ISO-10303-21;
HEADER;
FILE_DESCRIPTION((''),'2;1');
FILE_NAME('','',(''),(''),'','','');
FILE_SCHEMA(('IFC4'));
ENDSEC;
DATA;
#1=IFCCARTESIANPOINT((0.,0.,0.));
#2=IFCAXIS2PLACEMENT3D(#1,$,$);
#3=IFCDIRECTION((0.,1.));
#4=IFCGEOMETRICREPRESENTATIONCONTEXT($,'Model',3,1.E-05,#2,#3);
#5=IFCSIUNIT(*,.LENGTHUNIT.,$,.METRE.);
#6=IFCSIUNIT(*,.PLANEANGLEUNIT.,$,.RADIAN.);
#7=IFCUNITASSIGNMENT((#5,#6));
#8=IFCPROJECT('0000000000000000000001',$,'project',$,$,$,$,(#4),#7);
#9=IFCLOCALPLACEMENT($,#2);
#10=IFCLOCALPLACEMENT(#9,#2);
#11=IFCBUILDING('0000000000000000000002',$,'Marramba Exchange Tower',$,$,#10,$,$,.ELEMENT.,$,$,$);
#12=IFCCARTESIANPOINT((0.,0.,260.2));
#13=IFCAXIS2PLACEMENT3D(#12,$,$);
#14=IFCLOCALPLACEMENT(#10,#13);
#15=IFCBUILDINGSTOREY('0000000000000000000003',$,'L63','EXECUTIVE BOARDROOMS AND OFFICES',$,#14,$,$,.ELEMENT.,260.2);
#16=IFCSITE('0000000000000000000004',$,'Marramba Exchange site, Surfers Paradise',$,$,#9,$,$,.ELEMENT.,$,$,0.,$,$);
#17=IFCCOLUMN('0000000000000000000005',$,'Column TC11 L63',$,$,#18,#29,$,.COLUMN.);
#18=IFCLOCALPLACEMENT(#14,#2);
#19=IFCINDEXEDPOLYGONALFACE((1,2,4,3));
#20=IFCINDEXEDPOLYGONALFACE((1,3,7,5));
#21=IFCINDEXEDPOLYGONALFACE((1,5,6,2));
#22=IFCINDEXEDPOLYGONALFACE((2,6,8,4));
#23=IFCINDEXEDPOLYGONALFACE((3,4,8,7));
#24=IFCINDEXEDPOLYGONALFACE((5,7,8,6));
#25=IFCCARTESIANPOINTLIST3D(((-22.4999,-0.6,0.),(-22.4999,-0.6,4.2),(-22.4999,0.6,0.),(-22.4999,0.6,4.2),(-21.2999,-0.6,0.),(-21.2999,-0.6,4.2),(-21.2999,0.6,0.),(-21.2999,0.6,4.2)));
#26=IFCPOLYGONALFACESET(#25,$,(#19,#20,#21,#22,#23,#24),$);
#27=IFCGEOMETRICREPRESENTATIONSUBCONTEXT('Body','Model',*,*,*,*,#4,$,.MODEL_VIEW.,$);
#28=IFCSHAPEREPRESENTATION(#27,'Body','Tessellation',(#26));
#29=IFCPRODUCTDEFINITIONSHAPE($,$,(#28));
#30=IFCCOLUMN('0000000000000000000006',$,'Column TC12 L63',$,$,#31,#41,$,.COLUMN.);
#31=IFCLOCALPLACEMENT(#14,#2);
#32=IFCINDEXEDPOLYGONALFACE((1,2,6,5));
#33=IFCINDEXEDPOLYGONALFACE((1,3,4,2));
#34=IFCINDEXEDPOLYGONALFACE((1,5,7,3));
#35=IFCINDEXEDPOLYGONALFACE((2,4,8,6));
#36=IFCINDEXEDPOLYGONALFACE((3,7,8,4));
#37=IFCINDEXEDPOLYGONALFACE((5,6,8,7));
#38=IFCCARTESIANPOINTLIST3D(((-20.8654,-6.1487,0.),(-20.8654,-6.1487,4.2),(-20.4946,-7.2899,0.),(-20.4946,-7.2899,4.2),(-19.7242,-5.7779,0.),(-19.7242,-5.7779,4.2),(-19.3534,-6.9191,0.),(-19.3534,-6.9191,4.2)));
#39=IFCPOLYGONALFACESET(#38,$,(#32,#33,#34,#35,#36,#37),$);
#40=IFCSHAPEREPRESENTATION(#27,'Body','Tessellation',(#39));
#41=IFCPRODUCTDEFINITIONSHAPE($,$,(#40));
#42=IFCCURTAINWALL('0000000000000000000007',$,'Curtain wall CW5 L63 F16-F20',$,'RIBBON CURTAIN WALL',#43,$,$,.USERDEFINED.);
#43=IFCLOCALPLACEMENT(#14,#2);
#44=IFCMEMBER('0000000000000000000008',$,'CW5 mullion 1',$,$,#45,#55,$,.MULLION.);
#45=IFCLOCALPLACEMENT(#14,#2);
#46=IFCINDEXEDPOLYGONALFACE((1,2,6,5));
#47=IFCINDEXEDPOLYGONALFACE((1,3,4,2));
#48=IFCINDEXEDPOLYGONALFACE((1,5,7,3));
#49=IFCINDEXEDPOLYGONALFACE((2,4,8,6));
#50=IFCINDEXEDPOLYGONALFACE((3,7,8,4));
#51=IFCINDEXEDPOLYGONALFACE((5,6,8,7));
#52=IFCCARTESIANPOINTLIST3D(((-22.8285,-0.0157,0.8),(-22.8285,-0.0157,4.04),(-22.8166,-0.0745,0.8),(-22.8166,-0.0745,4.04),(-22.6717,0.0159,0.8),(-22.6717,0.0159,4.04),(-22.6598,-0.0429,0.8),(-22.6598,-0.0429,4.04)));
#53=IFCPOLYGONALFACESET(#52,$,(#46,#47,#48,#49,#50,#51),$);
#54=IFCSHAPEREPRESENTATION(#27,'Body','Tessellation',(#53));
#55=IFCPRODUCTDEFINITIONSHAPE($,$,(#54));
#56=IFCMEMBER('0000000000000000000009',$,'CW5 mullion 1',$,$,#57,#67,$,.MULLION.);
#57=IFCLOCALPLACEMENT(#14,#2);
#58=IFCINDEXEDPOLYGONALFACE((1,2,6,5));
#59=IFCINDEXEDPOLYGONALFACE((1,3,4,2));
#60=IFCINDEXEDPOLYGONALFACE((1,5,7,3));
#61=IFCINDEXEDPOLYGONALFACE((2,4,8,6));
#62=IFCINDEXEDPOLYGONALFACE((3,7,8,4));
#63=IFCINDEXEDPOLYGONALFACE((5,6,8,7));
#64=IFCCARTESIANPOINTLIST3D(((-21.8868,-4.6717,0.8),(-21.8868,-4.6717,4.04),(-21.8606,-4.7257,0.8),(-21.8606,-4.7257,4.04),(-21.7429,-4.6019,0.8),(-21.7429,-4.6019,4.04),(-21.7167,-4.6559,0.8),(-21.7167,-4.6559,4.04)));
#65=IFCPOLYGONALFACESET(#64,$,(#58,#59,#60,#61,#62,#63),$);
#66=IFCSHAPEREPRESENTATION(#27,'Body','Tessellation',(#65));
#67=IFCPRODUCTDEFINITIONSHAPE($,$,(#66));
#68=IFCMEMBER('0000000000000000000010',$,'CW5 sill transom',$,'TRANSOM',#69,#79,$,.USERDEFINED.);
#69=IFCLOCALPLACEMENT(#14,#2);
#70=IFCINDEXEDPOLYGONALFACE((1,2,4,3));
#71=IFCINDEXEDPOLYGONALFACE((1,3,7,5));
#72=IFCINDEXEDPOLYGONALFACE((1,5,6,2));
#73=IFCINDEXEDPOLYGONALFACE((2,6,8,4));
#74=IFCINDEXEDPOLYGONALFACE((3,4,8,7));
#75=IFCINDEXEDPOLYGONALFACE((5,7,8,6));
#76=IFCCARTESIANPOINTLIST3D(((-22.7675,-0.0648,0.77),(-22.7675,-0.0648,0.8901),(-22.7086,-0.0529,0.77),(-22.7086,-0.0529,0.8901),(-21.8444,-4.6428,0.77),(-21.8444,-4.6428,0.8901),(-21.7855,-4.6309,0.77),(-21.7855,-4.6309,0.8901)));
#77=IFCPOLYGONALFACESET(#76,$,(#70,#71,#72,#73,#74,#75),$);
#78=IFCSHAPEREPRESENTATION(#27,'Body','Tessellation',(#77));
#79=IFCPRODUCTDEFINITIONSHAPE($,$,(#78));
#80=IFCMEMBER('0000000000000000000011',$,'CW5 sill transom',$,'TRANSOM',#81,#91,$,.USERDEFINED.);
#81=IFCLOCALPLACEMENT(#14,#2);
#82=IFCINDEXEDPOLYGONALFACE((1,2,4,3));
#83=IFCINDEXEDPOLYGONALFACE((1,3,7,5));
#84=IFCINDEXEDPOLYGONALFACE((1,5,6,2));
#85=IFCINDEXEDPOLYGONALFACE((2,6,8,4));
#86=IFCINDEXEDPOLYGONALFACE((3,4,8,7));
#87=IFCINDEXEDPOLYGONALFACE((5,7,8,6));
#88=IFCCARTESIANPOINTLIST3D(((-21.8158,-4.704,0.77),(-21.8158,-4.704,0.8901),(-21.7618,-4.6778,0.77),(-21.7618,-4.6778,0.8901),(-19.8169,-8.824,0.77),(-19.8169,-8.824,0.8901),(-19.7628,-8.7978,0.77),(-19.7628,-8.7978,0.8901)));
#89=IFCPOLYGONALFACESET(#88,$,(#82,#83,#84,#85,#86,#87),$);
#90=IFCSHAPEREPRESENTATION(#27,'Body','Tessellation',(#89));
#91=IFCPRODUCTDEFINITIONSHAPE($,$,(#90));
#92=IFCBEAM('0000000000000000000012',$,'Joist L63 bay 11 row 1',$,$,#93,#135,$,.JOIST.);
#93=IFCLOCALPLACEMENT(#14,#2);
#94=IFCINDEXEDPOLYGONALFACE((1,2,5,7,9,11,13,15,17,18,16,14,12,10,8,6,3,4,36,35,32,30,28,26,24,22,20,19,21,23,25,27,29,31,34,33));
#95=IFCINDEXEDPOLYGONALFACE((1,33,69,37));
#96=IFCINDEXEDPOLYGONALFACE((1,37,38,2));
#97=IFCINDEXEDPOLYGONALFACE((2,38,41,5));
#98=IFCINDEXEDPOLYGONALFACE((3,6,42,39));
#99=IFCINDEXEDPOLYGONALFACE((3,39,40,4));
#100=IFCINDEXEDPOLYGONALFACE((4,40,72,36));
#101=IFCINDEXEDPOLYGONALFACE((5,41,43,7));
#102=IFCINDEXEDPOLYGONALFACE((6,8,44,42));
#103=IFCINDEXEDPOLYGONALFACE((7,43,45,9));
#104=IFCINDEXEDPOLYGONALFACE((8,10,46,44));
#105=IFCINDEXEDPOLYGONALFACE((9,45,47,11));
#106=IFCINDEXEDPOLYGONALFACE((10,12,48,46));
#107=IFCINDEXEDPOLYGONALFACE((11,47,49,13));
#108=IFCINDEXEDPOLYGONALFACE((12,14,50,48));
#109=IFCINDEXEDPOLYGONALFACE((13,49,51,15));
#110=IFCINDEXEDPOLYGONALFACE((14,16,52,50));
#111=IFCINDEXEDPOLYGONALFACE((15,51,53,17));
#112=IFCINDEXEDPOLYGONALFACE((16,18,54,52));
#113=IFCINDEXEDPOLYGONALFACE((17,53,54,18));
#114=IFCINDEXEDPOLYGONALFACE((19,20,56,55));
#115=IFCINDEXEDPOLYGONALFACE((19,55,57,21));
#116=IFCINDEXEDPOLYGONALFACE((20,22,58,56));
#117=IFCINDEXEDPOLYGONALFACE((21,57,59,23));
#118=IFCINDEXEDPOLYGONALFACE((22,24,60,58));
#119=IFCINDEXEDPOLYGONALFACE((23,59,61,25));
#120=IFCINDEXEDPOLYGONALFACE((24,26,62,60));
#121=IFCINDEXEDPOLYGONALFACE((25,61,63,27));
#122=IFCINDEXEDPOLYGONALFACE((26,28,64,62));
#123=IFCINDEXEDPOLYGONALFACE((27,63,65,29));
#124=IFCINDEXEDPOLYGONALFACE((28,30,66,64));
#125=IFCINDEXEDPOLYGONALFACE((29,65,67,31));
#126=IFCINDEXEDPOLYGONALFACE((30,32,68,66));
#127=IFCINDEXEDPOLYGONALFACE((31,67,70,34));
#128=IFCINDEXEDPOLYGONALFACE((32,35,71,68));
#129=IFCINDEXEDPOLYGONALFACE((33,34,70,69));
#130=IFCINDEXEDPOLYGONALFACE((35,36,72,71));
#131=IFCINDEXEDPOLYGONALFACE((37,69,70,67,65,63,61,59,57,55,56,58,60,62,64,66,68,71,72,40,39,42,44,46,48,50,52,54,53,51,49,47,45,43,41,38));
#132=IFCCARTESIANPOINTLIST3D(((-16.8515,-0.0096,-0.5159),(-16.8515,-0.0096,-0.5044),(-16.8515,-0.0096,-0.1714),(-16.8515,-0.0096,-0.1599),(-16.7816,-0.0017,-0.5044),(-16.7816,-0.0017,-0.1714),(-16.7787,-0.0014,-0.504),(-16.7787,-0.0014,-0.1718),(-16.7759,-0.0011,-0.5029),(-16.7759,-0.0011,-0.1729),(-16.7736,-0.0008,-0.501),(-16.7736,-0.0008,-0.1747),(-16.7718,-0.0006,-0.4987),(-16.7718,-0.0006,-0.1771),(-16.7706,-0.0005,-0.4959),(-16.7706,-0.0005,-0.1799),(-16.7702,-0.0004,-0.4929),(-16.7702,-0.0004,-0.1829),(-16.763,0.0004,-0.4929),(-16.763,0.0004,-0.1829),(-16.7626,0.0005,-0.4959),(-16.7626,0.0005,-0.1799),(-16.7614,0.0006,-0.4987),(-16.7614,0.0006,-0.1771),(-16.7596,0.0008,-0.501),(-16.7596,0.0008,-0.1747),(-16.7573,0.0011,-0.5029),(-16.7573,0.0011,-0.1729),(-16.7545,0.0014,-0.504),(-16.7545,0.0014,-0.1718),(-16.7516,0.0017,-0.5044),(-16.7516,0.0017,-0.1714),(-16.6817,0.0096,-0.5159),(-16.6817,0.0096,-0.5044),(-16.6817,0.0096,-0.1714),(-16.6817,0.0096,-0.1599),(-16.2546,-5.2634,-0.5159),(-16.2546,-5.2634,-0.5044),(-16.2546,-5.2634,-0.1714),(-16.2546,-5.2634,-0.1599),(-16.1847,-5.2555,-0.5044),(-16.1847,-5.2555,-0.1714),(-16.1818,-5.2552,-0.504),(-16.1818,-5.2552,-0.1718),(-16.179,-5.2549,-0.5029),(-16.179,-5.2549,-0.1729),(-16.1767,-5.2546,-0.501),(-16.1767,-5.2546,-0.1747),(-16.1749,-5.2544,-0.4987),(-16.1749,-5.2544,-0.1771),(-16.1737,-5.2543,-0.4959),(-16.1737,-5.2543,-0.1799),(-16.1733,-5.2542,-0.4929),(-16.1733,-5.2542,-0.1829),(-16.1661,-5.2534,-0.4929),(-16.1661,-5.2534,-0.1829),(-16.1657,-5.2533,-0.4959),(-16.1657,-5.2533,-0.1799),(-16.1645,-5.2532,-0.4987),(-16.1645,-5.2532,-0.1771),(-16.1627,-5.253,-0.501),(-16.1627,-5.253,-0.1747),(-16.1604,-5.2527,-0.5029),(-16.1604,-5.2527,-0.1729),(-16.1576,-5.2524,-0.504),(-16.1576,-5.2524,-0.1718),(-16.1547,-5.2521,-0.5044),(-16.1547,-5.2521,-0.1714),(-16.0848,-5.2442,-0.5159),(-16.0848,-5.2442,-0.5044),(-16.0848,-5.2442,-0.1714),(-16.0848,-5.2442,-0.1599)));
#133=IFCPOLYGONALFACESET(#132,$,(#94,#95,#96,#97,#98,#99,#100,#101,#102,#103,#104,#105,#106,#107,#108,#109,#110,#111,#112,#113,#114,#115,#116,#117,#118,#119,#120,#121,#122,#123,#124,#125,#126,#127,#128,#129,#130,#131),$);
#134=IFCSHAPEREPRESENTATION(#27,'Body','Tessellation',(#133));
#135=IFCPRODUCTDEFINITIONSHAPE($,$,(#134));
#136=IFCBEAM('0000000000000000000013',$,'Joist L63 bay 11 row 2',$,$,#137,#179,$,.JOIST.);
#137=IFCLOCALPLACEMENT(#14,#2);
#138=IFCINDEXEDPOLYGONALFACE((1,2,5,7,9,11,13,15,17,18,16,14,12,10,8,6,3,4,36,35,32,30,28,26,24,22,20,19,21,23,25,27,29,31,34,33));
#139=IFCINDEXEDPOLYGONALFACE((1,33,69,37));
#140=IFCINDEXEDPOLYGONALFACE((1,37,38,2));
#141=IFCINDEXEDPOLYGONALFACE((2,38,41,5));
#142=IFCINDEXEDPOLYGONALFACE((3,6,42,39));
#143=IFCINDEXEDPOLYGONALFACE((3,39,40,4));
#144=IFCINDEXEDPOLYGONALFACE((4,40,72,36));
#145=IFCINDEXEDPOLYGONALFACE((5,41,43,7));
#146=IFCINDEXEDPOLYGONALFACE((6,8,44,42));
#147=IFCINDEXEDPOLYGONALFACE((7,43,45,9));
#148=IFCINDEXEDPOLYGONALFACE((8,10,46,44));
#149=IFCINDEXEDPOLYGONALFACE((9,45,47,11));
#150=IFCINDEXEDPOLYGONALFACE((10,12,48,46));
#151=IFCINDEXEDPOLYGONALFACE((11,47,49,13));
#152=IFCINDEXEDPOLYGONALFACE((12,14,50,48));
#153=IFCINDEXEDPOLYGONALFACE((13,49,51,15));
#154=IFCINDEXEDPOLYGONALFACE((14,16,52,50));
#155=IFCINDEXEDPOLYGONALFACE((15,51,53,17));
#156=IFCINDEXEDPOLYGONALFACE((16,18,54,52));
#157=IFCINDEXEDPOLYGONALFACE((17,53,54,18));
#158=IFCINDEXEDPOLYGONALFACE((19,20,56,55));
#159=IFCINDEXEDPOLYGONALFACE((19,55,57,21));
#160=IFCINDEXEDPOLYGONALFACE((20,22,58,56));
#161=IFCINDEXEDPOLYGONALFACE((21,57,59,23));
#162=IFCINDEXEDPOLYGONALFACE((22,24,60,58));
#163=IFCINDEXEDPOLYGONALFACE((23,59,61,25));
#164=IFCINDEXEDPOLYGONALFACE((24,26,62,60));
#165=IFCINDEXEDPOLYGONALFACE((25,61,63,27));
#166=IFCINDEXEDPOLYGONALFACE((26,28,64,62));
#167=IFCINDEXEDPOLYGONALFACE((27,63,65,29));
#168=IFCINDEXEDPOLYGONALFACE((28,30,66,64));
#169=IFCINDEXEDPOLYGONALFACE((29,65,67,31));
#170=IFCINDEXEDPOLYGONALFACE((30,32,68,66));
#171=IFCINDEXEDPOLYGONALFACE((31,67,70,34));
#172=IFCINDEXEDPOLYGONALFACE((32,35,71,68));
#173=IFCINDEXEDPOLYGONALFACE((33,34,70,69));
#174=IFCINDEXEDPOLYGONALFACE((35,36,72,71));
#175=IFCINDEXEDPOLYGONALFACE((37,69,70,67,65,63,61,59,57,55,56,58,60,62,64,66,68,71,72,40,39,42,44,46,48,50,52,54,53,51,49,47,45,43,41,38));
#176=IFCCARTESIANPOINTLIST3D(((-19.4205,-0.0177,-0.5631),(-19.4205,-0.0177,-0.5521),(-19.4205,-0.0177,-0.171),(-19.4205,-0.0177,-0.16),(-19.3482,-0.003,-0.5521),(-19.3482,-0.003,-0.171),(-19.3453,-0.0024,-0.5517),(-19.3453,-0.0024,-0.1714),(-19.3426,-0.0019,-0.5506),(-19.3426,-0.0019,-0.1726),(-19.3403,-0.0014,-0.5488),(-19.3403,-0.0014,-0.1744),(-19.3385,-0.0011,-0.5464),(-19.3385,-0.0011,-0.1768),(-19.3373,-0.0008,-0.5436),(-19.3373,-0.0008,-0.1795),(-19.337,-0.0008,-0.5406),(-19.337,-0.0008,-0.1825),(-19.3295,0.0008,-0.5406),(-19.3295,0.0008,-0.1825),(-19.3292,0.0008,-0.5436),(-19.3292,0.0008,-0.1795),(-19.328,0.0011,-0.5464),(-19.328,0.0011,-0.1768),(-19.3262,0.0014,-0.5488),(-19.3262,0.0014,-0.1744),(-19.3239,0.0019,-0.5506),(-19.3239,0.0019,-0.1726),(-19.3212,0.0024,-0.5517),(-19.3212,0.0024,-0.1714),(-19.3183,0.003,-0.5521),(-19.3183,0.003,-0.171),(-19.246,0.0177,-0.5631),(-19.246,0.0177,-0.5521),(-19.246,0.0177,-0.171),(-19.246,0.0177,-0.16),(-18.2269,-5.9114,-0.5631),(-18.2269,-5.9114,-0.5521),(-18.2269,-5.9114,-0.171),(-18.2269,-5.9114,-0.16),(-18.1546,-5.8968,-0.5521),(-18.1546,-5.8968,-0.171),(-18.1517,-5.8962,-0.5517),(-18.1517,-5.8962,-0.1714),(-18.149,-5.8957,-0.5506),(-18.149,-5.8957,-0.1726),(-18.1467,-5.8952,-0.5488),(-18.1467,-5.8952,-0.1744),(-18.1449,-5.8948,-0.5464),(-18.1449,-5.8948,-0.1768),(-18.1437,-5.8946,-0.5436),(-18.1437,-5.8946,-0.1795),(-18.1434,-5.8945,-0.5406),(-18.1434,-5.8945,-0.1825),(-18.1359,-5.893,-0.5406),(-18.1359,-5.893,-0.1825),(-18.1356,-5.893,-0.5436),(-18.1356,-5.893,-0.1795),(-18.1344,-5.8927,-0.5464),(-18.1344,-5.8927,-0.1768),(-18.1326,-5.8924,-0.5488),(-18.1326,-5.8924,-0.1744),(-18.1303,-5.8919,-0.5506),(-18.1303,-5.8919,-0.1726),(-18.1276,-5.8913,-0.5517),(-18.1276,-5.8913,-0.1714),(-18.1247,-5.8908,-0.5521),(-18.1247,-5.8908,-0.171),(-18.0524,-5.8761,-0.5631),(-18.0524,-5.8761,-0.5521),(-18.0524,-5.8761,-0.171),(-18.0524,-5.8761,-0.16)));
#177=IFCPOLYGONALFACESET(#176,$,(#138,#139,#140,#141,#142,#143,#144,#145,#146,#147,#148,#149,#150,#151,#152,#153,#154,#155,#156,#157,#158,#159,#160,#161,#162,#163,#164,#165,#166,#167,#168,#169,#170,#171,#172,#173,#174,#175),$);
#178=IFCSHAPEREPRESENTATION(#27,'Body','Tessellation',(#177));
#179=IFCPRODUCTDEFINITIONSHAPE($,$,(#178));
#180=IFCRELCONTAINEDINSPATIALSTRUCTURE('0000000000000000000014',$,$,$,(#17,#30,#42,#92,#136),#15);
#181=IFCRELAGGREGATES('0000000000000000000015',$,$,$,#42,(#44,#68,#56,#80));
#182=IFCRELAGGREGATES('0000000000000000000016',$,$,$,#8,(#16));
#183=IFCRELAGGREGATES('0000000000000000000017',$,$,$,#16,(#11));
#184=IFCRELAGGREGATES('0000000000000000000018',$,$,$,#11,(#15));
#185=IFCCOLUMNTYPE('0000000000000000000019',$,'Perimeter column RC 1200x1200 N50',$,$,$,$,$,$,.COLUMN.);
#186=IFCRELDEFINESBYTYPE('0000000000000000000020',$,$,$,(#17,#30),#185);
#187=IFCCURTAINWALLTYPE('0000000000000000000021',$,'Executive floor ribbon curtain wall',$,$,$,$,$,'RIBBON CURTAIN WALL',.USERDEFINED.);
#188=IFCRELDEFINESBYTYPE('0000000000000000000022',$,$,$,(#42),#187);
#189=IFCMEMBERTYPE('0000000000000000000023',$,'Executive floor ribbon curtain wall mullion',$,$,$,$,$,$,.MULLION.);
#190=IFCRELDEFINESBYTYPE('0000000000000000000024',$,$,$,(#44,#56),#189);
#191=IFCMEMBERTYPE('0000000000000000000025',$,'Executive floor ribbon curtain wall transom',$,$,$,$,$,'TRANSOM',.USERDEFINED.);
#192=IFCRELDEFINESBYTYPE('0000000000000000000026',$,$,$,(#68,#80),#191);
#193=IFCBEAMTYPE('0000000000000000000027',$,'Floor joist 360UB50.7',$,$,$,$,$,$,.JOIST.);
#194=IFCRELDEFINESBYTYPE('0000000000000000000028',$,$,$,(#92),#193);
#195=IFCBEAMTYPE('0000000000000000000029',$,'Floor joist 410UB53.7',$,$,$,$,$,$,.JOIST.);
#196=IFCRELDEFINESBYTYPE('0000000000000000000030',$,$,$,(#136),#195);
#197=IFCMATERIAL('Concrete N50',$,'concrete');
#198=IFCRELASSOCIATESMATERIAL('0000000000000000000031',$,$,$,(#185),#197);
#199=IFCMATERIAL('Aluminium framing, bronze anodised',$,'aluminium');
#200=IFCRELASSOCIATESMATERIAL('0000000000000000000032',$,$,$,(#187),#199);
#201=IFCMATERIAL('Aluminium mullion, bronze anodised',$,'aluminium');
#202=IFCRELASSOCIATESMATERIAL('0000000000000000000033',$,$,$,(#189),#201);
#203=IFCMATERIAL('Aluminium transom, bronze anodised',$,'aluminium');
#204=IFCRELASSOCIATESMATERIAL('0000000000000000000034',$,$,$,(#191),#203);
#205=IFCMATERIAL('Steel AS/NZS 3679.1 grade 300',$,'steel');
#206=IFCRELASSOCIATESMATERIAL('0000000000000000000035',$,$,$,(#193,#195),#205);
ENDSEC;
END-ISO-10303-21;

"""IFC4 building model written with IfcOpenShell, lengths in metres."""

from ifc_helpers import new_model, si_unit, direction, frame, origin, origin_2d, place, context, subcontext, project, spatial, rectangle, i_section, extrude, material, material_profile, profile_set, type_object, element, aggregate, save


model = new_model("IFC4")

# Units and contexts
model_context = context("Model", 3, precision=1e-05, world=origin(), true_north=direction((0.0, 1.0)))
body_context = subcontext(model_context, "Body", "Model", "MODEL_VIEW")
ifc_project = project(units=[si_unit("LENGTHUNIT", "METRE"), si_unit("PLANEANGLEUNIT", "RADIAN")], contexts=[model_context])

# Site, building, storey
site_placement = place(None, origin())
site = spatial("IfcSite", under=ifc_project, at=site_placement, Name="Marramba Exchange site, Surfers Paradise", CompositionType="ELEMENT", RefElevation=0.0)
building_placement = place(site_placement, origin())
building = spatial("IfcBuilding", under=site, at=building_placement, Name="Marramba Exchange Tower", CompositionType="ELEMENT")
storey_placement = place(building_placement, frame((0.0, 0.0, 260.2)))
storey = spatial("IfcBuildingStorey", under=building, at=storey_placement, Name="L63", Description="EXECUTIVE BOARDROOMS AND OFFICES", CompositionType="ELEMENT", Elevation=260.2)

# Columns
ifc_material_1 = material(Name="Concrete N50", Category="concrete")
ifc_material_profile_1 = material_profile(ifc_material_1, rectangle(XDim=1.2, YDim=1.2, at=origin_2d()), Name="RC 1200x1200")
ifc_profile_set_1 = profile_set([ifc_material_profile_1], Name="Concrete N50")
column_type = type_object("IfcColumnType", Name="Perimeter column RC 1200x1200 N50", PredefinedType="COLUMN", material=ifc_profile_set_1)
for number, where, z_axis, x_axis, name in (
    (1, (-21.8999, 0.0, 0.0), (0.0, 0.0, 1.0), (-1.0, 0.0, 0.0), "Column TC11 L63"),
    (2, (-20.1094, -6.5339, 0.0), (0.0, 0.0, 1.0), (-0.951057, -0.309017, 0.0), "Column TC12 L63"),
):
    element("IfcColumn", number, at=place(storey_placement, frame(where, z_axis=z_axis, x_axis=x_axis)), inside=storey, type_object=column_type, Name=name, PredefinedType="COLUMN", context=body_context, shape_type="SweptSolid", body=[
        extrude(rectangle(XDim=1.2, YDim=1.2, at=origin_2d()), origin(), (0.0, 0.0, 1.0), 4.2),
    ])

# Curtain wall, members
ifc_material_2 = material(Name="Aluminium framing, bronze anodised", Category="aluminium")
curtain_wall_type = type_object("IfcCurtainWallType", Name="Executive floor ribbon curtain wall", ElementType="RIBBON CURTAIN WALL", PredefinedType="USERDEFINED", material=ifc_material_2)
curtain_wall_placement = place(storey_placement, origin())
curtain_wall = element("IfcCurtainWall", 3, at=curtain_wall_placement, inside=storey, type_object=curtain_wall_type, Name="Curtain wall CW5 L63 F16-F20", ObjectType="RIBBON CURTAIN WALL", PredefinedType="USERDEFINED")
ifc_material_3 = material(Name="Aluminium mullion, bronze anodised", Category="aluminium")
ifc_material_profile_2 = material_profile(ifc_material_3, rectangle(XDim=0.1599, YDim=0.0601, at=origin_2d()), Name="CW5 mullion 60x160")
ifc_profile_set_2 = profile_set([ifc_material_profile_2], Name="Aluminium mullion, bronze anodised")
member_type_1 = type_object("IfcMemberType", Name="Executive floor ribbon curtain wall mullion", PredefinedType="MULLION", material=ifc_profile_set_2)
member_1_placement = place(storey_placement, frame((-22.7441, -0.0293, 0.8), z_axis=(0.0, 0.0, 1.0), x_axis=(0.980269, 0.197671, 0.0)))
member_1 = element("IfcMember", 4, at=member_1_placement, type_object=member_type_1, Name="CW5 mullion 1", PredefinedType="MULLION", context=body_context, shape_type="SweptSolid", body=[
    extrude(rectangle(XDim=0.1599, YDim=0.0601, at=origin_2d()), origin(), (0.0, 0.0, 1.0), 3.24),
])
member_2_placement = place(storey_placement, frame((-21.8018, -4.6638, 0.8), z_axis=(0.0, 0.0, 1.0), x_axis=(0.899697, 0.436515, 0.0)))
member_2 = element("IfcMember", 5, at=member_2_placement, type_object=member_type_1, Name="CW5 mullion 1", PredefinedType="MULLION", context=body_context, shape_type="SweptSolid", body=[
    extrude(rectangle(XDim=0.1599, YDim=0.0601, at=origin_2d()), origin(), (0.0, 0.0, 1.0), 3.24),
])
ifc_material_4 = material(Name="Aluminium transom, bronze anodised", Category="aluminium")
ifc_material_profile_3 = material_profile(ifc_material_4, rectangle(XDim=0.0601, YDim=0.1201, at=origin_2d()), Name="CW5 transom 60x120")
ifc_profile_set_3 = profile_set([ifc_material_profile_3], Name="Aluminium transom, bronze anodised")
member_type_2 = type_object("IfcMemberType", Name="Executive floor ribbon curtain wall transom", ElementType="TRANSOM", PredefinedType="USERDEFINED", material=ifc_profile_set_3)
member_3_placement = place(storey_placement, frame((-22.738, -0.0588, 0.8301), z_axis=(0.197654, -0.980272, 0.0), x_axis=(0.980272, 0.197654, 0.0)))
member_3 = element("IfcMember", 6, at=member_3_placement, type_object=member_type_2, Name="CW5 sill transom", ObjectType="TRANSOM", PredefinedType="USERDEFINED", context=body_context, shape_type="SweptSolid", body=[
    extrude(rectangle(XDim=0.0601, YDim=0.1201, at=origin_2d()), origin(), (0.0, 0.0, 1.0), 4.6702),
])
member_4_placement = place(storey_placement, frame((-21.7888, -4.6909, 0.8301), z_axis=(0.436519, -0.899695, 0.0), x_axis=(0.899695, 0.436519, 0.0)))
member_4 = element("IfcMember", 7, at=member_4_placement, type_object=member_type_2, Name="CW5 sill transom", ObjectType="TRANSOM", PredefinedType="USERDEFINED", context=body_context, shape_type="SweptSolid", body=[
    extrude(rectangle(XDim=0.0601, YDim=0.1201, at=origin_2d()), origin(), (0.0, 0.0, 1.0), 4.5793),
])

# Beams
ifc_material_5 = material(Name="Steel AS/NZS 3679.1 grade 300", Category="steel")
ifc_material_profile_4 = material_profile(ifc_material_5, i_section(OverallWidth=0.1709, OverallDepth=0.356, WebThickness=0.0073, FlangeThickness=0.0115, FilletRadius=0.0115, at=origin_2d()), Name="360UB50.7")
ifc_profile_set_4 = profile_set([ifc_material_profile_4], Name="Steel AS/NZS 3679.1 grade 300")
beam_type_1 = type_object("IfcBeamType", Name="Floor joist 360UB50.7", PredefinedType="JOIST", material=ifc_profile_set_4)
beam_1_placement = place(storey_placement, frame((-16.7666, 0.0, -0.3379), z_axis=(0.112889, -0.993608, 0.0), x_axis=(0.993608, 0.112889, 0.0)))
element("IfcBeam", 8, at=beam_1_placement, inside=storey, type_object=beam_type_1, Name="Joist L63 bay 11 row 1", PredefinedType="JOIST", context=body_context, shape_type="SweptSolid", body=[
    extrude(i_section(OverallWidth=0.1709, OverallDepth=0.356, WebThickness=0.0073, FlangeThickness=0.0115, FilletRadius=0.0115, at=origin_2d()), origin(), (0.0, 0.0, 1.0), 5.2876),
])
ifc_material_profile_5 = material_profile(ifc_material_5, i_section(OverallWidth=0.178, OverallDepth=0.4031, WebThickness=0.0076, FlangeThickness=0.011, FilletRadius=0.0115, at=origin_2d()), Name="410UB53.7")
ifc_profile_set_5 = profile_set([ifc_material_profile_5], Name="Steel AS/NZS 3679.1 grade 300")
beam_type_2 = type_object("IfcBeamType", Name="Floor joist 410UB53.7", PredefinedType="JOIST", material=ifc_profile_set_5)
beam_2_placement = place(storey_placement, frame((-19.3333, 0.0, -0.3616), z_axis=(0.198489, -0.980103, 0.0), x_axis=(0.980103, 0.198489, 0.0)))
element("IfcBeam", 9, at=beam_2_placement, inside=storey, type_object=beam_type_2, Name="Joist L63 bay 11 row 2", PredefinedType="JOIST", context=body_context, shape_type="SweptSolid", body=[
    extrude(i_section(OverallWidth=0.178, OverallDepth=0.4031, WebThickness=0.0076, FlangeThickness=0.011, FilletRadius=0.0115, at=origin_2d()), origin(), (0.0, 0.0, 1.0), 6.0134),
])

aggregate(curtain_wall, [member_1, member_3, member_2, member_4])

save(model, "model.ifc")
